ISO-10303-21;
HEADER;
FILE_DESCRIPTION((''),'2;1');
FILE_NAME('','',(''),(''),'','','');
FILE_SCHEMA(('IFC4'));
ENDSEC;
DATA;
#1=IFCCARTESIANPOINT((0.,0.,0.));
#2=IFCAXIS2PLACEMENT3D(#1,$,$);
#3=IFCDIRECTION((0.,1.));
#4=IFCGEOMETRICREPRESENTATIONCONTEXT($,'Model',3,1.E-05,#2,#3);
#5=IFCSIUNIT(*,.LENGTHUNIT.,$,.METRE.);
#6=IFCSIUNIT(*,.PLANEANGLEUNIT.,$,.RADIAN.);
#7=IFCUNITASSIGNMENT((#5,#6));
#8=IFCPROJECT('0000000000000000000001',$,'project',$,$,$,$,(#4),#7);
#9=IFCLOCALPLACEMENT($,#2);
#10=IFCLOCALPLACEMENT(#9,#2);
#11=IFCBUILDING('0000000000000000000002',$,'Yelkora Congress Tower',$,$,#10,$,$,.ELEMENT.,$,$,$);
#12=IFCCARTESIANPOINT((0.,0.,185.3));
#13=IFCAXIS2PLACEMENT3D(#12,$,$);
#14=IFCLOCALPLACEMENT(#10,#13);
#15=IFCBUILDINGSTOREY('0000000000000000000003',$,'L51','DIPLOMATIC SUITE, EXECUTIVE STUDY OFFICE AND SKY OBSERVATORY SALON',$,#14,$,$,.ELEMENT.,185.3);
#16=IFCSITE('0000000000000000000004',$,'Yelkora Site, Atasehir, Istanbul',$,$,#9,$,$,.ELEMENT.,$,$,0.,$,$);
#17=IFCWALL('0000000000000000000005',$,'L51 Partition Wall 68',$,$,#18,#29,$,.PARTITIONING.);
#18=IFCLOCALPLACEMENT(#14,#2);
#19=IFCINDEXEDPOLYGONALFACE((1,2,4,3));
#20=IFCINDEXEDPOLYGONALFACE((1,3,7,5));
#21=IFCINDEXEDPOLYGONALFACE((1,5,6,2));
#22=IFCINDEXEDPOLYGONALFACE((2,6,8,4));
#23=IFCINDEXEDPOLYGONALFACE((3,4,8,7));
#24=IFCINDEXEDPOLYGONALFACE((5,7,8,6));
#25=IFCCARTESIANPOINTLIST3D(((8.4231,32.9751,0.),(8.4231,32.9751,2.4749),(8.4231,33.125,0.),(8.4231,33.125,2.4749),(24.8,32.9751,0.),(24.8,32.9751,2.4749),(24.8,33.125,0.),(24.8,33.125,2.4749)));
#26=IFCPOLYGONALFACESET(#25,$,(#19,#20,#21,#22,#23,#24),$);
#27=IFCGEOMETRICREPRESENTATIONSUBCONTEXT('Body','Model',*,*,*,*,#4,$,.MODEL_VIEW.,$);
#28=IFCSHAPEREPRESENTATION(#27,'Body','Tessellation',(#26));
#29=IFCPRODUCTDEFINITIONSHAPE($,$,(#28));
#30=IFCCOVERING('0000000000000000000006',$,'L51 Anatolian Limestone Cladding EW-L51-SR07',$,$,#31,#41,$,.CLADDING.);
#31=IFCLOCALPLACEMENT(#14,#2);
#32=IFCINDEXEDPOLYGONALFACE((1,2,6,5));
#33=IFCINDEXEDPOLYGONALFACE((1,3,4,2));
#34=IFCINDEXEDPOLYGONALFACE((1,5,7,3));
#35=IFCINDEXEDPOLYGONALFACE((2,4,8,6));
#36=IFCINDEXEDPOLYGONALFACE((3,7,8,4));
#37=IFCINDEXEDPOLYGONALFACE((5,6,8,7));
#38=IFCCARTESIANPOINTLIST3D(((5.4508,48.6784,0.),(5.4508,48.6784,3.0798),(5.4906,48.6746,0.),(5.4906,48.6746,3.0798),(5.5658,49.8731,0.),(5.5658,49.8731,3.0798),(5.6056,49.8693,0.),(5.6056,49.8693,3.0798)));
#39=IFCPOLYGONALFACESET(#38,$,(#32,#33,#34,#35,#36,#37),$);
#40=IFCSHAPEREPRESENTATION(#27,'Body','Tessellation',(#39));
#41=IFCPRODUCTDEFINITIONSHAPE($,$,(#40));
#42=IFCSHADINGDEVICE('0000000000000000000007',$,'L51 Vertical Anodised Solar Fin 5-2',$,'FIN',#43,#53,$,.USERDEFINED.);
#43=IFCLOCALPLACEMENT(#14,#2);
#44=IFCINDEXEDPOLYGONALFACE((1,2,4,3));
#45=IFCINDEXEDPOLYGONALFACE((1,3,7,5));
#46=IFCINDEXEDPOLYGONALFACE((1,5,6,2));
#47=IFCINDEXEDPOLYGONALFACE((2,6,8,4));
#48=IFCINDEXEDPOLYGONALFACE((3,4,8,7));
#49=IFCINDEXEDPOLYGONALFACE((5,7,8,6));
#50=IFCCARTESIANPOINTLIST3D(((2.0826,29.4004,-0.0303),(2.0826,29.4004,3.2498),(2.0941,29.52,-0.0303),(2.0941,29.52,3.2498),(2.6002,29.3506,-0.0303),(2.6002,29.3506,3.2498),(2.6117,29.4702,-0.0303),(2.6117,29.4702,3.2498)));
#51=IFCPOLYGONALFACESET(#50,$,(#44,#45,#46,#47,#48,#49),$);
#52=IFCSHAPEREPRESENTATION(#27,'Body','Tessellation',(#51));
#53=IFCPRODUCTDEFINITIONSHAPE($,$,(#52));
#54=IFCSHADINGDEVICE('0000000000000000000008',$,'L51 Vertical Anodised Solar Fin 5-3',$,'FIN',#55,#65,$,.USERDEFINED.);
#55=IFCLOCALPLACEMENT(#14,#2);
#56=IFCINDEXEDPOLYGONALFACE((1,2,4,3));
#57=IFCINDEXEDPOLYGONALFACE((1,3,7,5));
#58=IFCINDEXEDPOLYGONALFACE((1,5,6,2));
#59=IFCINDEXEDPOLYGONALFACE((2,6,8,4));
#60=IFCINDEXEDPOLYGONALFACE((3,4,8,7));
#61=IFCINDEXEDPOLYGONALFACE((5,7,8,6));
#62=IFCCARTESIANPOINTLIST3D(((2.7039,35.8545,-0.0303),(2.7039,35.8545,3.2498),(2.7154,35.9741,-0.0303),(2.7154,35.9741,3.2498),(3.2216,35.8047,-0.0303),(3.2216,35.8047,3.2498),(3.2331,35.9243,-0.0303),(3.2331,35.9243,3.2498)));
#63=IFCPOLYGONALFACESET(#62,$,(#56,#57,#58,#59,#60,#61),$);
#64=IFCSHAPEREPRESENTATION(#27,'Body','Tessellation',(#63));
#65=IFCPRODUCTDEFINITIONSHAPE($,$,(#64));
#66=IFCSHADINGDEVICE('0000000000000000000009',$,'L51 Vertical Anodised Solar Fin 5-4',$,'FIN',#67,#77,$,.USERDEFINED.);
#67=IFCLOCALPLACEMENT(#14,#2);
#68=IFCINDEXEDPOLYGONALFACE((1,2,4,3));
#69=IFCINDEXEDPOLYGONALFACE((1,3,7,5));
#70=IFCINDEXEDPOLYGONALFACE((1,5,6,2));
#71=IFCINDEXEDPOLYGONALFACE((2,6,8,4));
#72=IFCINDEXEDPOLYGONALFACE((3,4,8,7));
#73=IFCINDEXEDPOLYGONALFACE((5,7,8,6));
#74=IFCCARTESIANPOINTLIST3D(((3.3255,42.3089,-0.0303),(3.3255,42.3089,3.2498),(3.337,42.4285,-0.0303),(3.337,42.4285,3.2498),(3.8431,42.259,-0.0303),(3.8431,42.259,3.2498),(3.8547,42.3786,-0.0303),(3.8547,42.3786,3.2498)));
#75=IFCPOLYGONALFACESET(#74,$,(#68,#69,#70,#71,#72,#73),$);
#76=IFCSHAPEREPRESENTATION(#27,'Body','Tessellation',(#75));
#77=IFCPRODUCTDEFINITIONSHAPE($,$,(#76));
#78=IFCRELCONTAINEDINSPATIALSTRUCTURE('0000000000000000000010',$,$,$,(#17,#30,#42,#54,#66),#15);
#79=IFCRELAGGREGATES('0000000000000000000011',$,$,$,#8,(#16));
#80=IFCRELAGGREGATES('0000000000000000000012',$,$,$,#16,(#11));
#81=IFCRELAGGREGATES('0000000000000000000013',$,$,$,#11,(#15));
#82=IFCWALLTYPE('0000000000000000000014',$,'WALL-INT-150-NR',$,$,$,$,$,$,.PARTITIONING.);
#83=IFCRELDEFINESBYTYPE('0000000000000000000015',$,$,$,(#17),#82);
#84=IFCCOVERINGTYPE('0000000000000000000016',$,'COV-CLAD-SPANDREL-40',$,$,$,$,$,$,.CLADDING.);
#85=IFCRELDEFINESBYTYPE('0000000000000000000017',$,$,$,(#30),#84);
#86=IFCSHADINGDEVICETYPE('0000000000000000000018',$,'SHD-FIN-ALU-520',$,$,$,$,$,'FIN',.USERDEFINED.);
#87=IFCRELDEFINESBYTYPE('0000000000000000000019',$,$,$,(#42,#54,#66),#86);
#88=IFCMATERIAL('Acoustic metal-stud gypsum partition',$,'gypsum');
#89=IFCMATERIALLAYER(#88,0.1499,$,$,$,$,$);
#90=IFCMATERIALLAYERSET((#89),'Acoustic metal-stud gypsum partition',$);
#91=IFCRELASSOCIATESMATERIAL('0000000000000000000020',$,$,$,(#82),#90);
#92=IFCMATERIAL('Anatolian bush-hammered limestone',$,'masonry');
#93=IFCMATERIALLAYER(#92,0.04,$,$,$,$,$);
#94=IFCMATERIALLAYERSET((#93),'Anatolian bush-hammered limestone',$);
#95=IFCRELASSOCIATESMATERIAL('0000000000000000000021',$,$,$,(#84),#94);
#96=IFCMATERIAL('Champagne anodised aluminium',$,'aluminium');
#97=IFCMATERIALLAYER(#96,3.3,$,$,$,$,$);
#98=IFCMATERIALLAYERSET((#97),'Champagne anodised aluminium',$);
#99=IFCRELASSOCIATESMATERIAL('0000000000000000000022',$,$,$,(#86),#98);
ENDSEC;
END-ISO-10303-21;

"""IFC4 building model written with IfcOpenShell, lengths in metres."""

from ifc_helpers import new_model, si_unit, direction, frame, frame_2d, origin, origin_2d, place, context, subcontext, project, spatial, rectangle, extrude, material, layer, layer_set, type_object, element, save


model = new_model("IFC4")

# Units and contexts
model_context = context("Model", 3, precision=1e-05, world=origin(), true_north=direction((0.0, 1.0)))
body_context = subcontext(model_context, "Body", "Model", "MODEL_VIEW")
ifc_project = project(units=[si_unit("LENGTHUNIT", "METRE"), si_unit("PLANEANGLEUNIT", "RADIAN")], contexts=[model_context])

# Site, building, storey
site_placement = place(None, origin())
site = spatial("IfcSite", under=ifc_project, at=site_placement, Name="Yelkora Site, Atasehir, Istanbul", CompositionType="ELEMENT", RefElevation=0.0)
building_placement = place(site_placement, origin())
building = spatial("IfcBuilding", under=site, at=building_placement, Name="Yelkora Congress Tower", CompositionType="ELEMENT")
storey_placement = place(building_placement, frame((0.0, 0.0, 185.3)))
storey = spatial("IfcBuildingStorey", under=building, at=storey_placement, Name="L51", Description="DIPLOMATIC SUITE, EXECUTIVE STUDY OFFICE AND SKY OBSERVATORY SALON", CompositionType="ELEMENT", Elevation=185.3)

# Wall
ifc_material_1 = material(Name="Acoustic metal-stud gypsum partition", Category="gypsum")
ifc_layer_1 = layer(ifc_material_1, 0.1499)
ifc_layer_set_1 = layer_set([ifc_layer_1], Name="Acoustic metal-stud gypsum partition")
wall_type_1 = type_object("IfcWallType", Name="WALL-INT-150-NR", PredefinedType="PARTITIONING", material=ifc_layer_set_1)
wall_1_placement = place(storey_placement, frame((8.4231, 33.05, 0.0), z_axis=(0.0, 0.0, 1.0), x_axis=(1.0, 0.0, 0.0)))
element("IfcWall", 1, at=wall_1_placement, inside=storey, type_object=wall_type_1, Name="L51 Partition Wall 68", PredefinedType="PARTITIONING", context=body_context, shape_type="SweptSolid", body=[
    extrude(rectangle(XDim=16.377, YDim=0.1499, at=frame_2d((8.1885, 0.0))), origin(), (0.0, 0.0, 1.0), 2.4749),
])

# Covering
ifc_material_2 = material(Name="Anatolian bush-hammered limestone", Category="masonry")
ifc_layer_2 = layer(ifc_material_2, 0.04)
ifc_layer_set_2 = layer_set([ifc_layer_2], Name="Anatolian bush-hammered limestone")
covering_type = type_object("IfcCoveringType", Name="COV-CLAD-SPANDREL-40", PredefinedType="CLADDING", material=ifc_layer_set_2)
covering_placement = place(storey_placement, frame((5.4707, 48.6765, 0.0), z_axis=(0.0, 0.0, 1.0), x_axis=(0.095817, 0.995399, 0.0)))
element("IfcCovering", 2, at=covering_placement, inside=storey, type_object=covering_type, Name="L51 Anatolian Limestone Cladding EW-L51-SR07", PredefinedType="CLADDING", context=body_context, shape_type="SweptSolid", body=[
    extrude(rectangle(XDim=1.2002, YDim=0.04, at=frame_2d((0.6001, 0.0))), origin(), (0.0, 0.0, 1.0), 3.0798),
])

# Shading devices
ifc_material_3 = material(Name="Champagne anodised aluminium", Category="aluminium")
ifc_layer_3 = layer(ifc_material_3, 3.3)
ifc_layer_set_3 = layer_set([ifc_layer_3], Name="Champagne anodised aluminium")
shading_device_type = type_object("IfcShadingDeviceType", Name="SHD-FIN-ALU-520", ElementType="FIN", PredefinedType="USERDEFINED", material=ifc_layer_set_3)
for number, where, z_axis, x_axis, name in (
    (3, (2.3472, 29.4353, -0.0303), (0.0, 0.0, 1.0), (0.095846, 0.995396, 0.0), "L51 Vertical Anodised Solar Fin 5-2"),
    (4, (2.9685, 35.8894, -0.0303), (0.0, 0.0, 1.0), (0.095846, 0.995396, 0.0), "L51 Vertical Anodised Solar Fin 5-3"),
    (5, (3.5901, 42.3438, -0.0303), (0.0, 0.0, 1.0), (0.095846, 0.995396, 0.0), "L51 Vertical Anodised Solar Fin 5-4"),
):
    element("IfcShadingDevice", number, at=place(storey_placement, frame(where, z_axis=z_axis, x_axis=x_axis)), inside=storey, type_object=shading_device_type, Name=name, ObjectType="FIN", PredefinedType="USERDEFINED", context=body_context, shape_type="SweptSolid", body=[
        extrude(rectangle(XDim=0.1201, YDim=0.52, at=origin_2d()), origin(), (0.0, 0.0, 1.0), 3.28),
    ])

save(model, "model.ifc")
